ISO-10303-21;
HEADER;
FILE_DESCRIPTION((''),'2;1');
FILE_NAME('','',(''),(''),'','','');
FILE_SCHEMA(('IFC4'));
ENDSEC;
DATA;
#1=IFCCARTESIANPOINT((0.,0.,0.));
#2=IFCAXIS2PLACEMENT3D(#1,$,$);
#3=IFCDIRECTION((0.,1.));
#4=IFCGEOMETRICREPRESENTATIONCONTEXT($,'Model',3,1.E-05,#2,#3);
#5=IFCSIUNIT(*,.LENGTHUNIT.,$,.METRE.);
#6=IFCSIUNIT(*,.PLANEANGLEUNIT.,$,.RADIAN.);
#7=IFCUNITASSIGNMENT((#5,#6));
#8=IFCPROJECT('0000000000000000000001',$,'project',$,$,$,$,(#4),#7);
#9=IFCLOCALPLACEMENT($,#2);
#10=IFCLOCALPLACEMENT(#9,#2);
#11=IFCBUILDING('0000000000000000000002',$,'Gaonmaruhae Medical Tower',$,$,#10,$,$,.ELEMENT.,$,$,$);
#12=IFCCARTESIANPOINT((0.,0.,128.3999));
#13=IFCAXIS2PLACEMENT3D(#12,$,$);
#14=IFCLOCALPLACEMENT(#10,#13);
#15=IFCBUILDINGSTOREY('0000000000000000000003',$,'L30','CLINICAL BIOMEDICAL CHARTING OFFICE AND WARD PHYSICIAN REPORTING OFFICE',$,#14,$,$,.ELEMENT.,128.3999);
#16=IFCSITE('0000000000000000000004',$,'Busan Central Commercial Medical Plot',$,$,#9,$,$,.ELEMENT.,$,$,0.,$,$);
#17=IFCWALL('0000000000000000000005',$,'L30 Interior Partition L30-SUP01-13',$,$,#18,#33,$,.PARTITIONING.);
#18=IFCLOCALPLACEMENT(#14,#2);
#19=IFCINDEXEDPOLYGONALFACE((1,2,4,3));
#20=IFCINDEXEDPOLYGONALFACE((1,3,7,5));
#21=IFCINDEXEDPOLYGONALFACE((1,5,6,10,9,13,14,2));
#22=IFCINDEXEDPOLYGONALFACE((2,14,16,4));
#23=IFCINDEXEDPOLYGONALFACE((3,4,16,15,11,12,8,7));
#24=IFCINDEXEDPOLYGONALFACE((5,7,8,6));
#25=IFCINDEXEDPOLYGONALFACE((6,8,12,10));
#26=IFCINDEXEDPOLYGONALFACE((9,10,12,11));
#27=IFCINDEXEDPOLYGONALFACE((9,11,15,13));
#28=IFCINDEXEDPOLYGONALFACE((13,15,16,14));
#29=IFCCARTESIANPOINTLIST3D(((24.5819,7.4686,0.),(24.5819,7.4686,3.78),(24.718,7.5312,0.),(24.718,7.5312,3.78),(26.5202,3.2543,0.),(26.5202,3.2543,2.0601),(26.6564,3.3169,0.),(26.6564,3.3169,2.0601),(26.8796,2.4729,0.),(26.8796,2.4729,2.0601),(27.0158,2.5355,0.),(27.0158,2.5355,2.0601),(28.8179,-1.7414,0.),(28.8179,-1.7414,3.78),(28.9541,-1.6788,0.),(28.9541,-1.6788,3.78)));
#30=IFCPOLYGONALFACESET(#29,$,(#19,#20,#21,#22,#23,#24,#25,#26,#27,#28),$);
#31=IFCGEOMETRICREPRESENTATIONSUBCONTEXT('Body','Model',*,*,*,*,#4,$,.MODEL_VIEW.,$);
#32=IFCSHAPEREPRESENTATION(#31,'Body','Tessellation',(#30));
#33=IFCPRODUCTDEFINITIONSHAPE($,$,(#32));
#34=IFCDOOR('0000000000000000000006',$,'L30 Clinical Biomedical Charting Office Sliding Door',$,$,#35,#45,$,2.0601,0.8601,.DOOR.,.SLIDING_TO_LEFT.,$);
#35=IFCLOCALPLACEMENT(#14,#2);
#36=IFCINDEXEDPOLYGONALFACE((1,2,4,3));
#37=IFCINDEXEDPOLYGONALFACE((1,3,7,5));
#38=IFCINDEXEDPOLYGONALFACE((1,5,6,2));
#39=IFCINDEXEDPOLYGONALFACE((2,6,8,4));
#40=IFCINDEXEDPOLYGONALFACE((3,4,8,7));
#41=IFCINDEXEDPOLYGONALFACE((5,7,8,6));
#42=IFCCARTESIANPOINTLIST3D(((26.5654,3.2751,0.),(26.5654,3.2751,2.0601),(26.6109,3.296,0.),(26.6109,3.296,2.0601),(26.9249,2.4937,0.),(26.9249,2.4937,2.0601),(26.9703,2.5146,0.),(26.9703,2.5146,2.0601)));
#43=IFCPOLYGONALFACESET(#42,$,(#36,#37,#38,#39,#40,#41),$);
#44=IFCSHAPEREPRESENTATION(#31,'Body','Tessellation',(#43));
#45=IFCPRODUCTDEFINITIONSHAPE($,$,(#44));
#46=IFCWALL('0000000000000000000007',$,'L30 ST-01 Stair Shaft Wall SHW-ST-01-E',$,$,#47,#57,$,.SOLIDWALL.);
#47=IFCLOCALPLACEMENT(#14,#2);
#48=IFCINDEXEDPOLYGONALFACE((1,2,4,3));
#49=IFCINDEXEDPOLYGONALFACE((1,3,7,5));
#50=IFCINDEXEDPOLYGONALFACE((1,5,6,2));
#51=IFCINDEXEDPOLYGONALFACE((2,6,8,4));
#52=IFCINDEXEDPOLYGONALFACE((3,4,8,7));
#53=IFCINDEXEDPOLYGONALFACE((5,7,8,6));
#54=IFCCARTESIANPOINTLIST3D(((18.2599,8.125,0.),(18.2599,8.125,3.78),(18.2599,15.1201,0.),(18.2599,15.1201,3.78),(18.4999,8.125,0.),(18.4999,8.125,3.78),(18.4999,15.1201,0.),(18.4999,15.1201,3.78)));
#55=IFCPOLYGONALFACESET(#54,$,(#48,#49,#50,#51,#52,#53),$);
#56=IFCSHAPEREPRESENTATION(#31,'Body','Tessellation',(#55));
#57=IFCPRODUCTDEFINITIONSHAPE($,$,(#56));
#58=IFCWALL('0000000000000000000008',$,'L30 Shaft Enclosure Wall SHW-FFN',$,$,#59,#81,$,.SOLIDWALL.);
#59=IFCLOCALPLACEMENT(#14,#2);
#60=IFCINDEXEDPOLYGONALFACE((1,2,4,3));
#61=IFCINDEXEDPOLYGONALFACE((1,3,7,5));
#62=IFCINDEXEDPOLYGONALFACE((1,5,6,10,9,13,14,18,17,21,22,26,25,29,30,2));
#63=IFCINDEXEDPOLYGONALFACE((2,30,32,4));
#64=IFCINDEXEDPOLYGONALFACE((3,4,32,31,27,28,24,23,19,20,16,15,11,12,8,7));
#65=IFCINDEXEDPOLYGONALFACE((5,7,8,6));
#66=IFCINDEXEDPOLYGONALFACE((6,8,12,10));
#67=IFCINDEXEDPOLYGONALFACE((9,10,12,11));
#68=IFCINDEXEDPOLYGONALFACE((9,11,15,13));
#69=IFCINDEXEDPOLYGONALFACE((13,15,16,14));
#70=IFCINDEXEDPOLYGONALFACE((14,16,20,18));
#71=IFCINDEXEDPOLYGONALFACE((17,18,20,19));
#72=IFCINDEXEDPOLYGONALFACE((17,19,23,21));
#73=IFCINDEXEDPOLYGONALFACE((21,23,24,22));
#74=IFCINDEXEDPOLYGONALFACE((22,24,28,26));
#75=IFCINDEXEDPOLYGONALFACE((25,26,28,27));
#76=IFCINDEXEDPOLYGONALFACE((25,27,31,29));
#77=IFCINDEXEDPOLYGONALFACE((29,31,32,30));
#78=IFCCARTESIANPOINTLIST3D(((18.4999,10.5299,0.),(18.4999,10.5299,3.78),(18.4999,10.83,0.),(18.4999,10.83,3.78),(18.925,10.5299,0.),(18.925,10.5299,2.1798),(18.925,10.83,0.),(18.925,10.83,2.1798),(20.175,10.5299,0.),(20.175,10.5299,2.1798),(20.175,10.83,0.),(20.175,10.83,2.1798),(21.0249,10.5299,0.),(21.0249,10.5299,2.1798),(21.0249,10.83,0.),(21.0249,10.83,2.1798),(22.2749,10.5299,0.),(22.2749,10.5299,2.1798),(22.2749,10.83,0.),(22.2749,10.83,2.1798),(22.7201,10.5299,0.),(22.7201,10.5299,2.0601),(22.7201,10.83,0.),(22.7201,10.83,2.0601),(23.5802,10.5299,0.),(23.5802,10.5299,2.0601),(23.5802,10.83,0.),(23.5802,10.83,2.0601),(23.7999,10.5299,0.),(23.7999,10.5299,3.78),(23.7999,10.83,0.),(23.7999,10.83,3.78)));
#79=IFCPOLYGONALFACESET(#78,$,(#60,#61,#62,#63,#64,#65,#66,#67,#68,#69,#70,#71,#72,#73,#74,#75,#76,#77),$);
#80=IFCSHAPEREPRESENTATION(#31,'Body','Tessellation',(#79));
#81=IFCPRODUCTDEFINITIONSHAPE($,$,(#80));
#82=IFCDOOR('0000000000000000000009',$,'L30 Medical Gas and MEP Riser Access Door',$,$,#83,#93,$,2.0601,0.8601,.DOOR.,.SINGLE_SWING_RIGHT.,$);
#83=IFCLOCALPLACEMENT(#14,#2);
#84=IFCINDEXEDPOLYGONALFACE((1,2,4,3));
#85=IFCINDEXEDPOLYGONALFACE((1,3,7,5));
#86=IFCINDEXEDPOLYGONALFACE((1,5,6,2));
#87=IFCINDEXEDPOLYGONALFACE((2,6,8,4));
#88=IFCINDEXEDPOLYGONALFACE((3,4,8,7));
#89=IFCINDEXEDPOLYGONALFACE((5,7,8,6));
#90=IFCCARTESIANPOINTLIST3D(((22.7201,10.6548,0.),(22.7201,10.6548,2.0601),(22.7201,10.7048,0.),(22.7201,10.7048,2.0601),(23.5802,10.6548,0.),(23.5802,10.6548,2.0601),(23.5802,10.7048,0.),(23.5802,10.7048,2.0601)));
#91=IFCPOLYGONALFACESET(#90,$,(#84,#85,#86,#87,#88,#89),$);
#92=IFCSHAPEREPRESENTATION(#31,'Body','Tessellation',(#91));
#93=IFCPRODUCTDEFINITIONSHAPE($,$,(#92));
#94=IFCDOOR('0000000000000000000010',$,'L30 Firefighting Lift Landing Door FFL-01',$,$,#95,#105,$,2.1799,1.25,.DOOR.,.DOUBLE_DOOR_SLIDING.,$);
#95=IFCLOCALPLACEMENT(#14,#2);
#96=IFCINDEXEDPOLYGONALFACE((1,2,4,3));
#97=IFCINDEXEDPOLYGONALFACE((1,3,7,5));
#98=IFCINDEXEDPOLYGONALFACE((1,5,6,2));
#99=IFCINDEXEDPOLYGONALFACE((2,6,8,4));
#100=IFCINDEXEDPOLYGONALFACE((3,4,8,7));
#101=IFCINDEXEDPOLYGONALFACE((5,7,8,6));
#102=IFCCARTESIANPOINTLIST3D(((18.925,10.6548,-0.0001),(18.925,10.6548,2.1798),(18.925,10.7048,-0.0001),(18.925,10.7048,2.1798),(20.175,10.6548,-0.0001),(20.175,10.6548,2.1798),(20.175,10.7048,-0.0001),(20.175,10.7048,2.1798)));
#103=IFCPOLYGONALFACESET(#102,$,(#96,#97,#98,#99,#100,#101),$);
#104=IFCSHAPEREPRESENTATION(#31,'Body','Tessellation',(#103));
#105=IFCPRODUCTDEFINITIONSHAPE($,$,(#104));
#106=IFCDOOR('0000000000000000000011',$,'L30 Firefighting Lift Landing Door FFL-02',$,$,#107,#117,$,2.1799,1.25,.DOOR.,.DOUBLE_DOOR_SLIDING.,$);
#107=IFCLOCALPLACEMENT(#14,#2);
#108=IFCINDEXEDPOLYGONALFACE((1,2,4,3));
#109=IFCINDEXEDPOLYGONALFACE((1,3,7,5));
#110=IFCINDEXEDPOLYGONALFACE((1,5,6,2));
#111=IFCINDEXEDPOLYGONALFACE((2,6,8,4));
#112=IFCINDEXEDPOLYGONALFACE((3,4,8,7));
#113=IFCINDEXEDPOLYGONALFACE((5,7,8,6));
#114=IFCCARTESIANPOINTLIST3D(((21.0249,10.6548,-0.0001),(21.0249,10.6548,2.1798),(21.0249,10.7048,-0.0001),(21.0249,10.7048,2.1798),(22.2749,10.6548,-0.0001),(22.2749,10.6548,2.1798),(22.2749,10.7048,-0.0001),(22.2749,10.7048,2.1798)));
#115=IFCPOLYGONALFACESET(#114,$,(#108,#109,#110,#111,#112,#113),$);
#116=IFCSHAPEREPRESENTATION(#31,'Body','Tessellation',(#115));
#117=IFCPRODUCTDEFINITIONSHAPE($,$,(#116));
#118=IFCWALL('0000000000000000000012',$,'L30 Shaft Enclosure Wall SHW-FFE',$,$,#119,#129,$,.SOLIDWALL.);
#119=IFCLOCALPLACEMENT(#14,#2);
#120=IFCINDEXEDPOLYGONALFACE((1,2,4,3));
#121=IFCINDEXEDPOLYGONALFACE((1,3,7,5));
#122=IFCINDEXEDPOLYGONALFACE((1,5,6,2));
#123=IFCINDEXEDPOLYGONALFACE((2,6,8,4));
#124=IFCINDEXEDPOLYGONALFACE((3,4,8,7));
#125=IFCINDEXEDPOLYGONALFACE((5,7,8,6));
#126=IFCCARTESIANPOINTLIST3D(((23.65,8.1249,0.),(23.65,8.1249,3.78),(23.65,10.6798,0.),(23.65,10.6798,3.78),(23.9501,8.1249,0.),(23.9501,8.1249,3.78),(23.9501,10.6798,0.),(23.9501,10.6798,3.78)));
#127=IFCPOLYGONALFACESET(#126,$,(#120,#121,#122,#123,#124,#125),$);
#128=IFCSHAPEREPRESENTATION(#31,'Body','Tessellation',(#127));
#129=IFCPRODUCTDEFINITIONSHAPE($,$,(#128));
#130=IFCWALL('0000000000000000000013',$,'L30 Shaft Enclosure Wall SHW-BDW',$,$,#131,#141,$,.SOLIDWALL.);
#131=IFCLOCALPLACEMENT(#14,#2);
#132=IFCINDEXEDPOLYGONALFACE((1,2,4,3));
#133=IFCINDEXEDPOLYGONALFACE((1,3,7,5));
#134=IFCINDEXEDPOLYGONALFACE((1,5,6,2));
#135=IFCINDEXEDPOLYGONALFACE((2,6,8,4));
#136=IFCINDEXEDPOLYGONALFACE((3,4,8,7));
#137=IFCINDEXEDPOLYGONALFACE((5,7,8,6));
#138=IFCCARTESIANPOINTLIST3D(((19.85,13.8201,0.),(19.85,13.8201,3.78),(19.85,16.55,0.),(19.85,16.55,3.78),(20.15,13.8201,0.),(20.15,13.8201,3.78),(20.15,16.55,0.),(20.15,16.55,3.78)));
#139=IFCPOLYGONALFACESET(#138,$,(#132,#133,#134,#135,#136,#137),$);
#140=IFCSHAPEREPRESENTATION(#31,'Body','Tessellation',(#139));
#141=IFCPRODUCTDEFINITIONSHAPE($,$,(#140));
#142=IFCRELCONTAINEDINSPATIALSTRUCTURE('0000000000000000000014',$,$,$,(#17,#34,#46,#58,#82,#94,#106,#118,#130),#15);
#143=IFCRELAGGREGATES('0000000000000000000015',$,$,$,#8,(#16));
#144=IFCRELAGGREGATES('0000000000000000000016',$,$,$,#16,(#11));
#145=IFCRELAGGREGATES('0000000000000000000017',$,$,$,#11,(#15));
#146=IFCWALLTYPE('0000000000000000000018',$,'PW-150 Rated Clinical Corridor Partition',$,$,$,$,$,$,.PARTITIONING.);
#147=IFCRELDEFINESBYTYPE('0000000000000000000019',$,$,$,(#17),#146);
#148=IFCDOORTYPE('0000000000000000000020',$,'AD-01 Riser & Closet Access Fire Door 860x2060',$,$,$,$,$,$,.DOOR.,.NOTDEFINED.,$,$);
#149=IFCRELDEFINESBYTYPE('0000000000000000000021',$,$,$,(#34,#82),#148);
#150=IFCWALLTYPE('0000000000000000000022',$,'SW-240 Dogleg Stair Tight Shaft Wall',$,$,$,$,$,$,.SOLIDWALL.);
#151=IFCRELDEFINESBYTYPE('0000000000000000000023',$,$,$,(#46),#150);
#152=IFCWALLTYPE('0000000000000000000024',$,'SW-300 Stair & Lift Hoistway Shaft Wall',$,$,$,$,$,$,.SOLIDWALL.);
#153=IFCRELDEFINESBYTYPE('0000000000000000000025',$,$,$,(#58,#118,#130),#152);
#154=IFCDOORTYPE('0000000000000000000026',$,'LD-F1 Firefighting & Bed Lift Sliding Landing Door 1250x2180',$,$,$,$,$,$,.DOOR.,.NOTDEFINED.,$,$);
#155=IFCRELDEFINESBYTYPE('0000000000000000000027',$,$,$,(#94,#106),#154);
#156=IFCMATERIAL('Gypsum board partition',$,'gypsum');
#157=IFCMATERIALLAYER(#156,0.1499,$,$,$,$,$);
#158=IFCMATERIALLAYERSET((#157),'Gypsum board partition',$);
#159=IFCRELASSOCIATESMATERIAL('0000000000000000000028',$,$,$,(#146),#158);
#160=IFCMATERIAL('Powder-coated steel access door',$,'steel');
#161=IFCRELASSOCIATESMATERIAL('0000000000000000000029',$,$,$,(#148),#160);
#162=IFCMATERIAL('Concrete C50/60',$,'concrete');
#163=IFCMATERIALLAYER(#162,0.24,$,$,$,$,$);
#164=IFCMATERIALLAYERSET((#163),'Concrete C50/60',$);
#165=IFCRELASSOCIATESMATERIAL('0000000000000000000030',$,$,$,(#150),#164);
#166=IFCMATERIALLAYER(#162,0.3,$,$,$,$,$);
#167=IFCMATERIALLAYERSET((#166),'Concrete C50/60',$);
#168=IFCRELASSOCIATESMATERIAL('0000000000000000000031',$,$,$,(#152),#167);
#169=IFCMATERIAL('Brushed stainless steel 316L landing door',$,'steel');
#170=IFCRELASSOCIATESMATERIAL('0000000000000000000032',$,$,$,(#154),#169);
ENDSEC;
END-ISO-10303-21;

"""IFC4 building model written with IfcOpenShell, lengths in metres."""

from ifc_helpers import new_model, si_unit, direction, frame, frame_2d, origin, place, context, subcontext, project, spatial, rectangle, extrude, material, layer, layer_set, type_object, element, fill, save


model = new_model("IFC4")

# Units and contexts
model_context = context("Model", 3, precision=1e-05, world=origin(), true_north=direction((0.0, 1.0)))
body_context = subcontext(model_context, "Body", "Model", "MODEL_VIEW")
ifc_project = project(units=[si_unit("LENGTHUNIT", "METRE"), si_unit("PLANEANGLEUNIT", "RADIAN")], contexts=[model_context])

# Site, building, storey
site_placement = place(None, origin())
site = spatial("IfcSite", under=ifc_project, at=site_placement, Name="Busan Central Commercial Medical Plot", CompositionType="ELEMENT", RefElevation=0.0)
building_placement = place(site_placement, origin())
building = spatial("IfcBuilding", under=site, at=building_placement, Name="Gaonmaruhae Medical Tower", CompositionType="ELEMENT")
storey_placement = place(building_placement, frame((0.0, 0.0, 128.3999)))
storey = spatial("IfcBuildingStorey", under=building, at=storey_placement, Name="L30", Description="CLINICAL BIOMEDICAL CHARTING OFFICE AND WARD PHYSICIAN REPORTING OFFICE", CompositionType="ELEMENT", Elevation=128.3999)

# Wall, opening, door
ifc_material_1 = material(Name="Gypsum board partition", Category="gypsum")
ifc_layer_1 = layer(ifc_material_1, 0.1499)
ifc_layer_set_1 = layer_set([ifc_layer_1], Name="Gypsum board partition")
wall_type_1 = type_object("IfcWallType", Name="PW-150 Rated Clinical Corridor Partition", PredefinedType="PARTITIONING", material=ifc_layer_set_1)
wall_1_placement = place(storey_placement, frame((24.6499, 7.5, 0.0), z_axis=(0.0, 0.0, 1.0), x_axis=(0.417865, -0.908509, 0.0)))
wall_1 = element("IfcWall", 1, at=wall_1_placement, inside=storey, type_object=wall_type_1, Name="L30 Interior Partition L30-SUP01-13", PredefinedType="PARTITIONING", context=body_context, shape_type="SweptSolid", body=[
    extrude(rectangle(XDim=10.1375, YDim=0.1499, at=frame_2d((5.0688, 0.0))), origin(), (0.0, 0.0, 1.0), 3.78),
])
opening_1_placement = place(wall_1_placement, frame((4.6387, 0.0, 0.0)))
opening_1 = element("IfcOpeningElement", 2, at=opening_1_placement, cuts=wall_1, PredefinedType="OPENING", context=body_context, shape_type="SweptSolid", body=[
    extrude(rectangle(XDim=0.8601, YDim=2.0601, at=frame_2d((0.4302, 1.03))), frame((0.0, 0.085, 0.0), z_axis=(0.0, -1.0, 0.0), x_axis=(1.0, 0.0, 0.0)), (0.0, 0.0, 1.0), 0.1699),
])
ifc_material_2 = material(Name="Powder-coated steel access door", Category="steel")
door_type_1 = type_object("IfcDoorType", Name="AD-01 Riser & Closet Access Fire Door 860x2060", OperationType="NOTDEFINED", PredefinedType="DOOR", material=ifc_material_2)
door_1_placement = place(opening_1_placement, origin())
door_1 = element("IfcDoor", 3, at=door_1_placement, inside=storey, type_object=door_type_1, Name="L30 Clinical Biomedical Charting Office Sliding Door", OperationType="SLIDING_TO_LEFT", OverallHeight=2.0601, OverallWidth=0.8601, PredefinedType="DOOR", context=body_context, shape_type="SweptSolid", body=[
    extrude(rectangle(XDim=0.8601, YDim=2.0601, at=frame_2d((0.4302, 1.03))), frame((0.0, 0.0249, 0.0), z_axis=(0.0, -1.0, 0.0), x_axis=(1.0, 0.0, 0.0)), (0.0, 0.0, 1.0), 0.05),
])
fill(opening_1, door_1)

# Wall
ifc_material_3 = material(Name="Concrete C50/60", Category="concrete")
ifc_layer_2 = layer(ifc_material_3, 0.24)
ifc_layer_set_2 = layer_set([ifc_layer_2], Name="Concrete C50/60")
wall_type_2 = type_object("IfcWallType", Name="SW-240 Dogleg Stair Tight Shaft Wall", PredefinedType="SOLIDWALL", material=ifc_layer_set_2)
wall_2_placement = place(storey_placement, frame((18.3799, 15.1201, 0.0), z_axis=(0.0, 0.0, 1.0), x_axis=(0.0, -1.0, 0.0)))
element("IfcWall", 4, at=wall_2_placement, inside=storey, type_object=wall_type_2, Name="L30 ST-01 Stair Shaft Wall SHW-ST-01-E", PredefinedType="SOLIDWALL", context=body_context, shape_type="SweptSolid", body=[
    extrude(rectangle(XDim=6.9951, YDim=0.24, at=frame_2d((3.4976, 0.0))), origin(), (0.0, 0.0, 1.0), 3.78),
])

# Wall, openings, doors
ifc_layer_3 = layer(ifc_material_3, 0.3)
ifc_layer_set_3 = layer_set([ifc_layer_3], Name="Concrete C50/60")
wall_type_3 = type_object("IfcWallType", Name="SW-300 Stair & Lift Hoistway Shaft Wall", PredefinedType="SOLIDWALL", material=ifc_layer_set_3)
ifc_material_4 = material(Name="Brushed stainless steel 316L landing door", Category="steel")
door_type_2 = type_object("IfcDoorType", Name="LD-F1 Firefighting & Bed Lift Sliding Landing Door 1250x2180", OperationType="NOTDEFINED", PredefinedType="DOOR", material=ifc_material_4)
wall_3_placement = place(storey_placement, frame((18.5, 10.6799, 0.0), z_axis=(0.0, 0.0, 1.0), x_axis=(1.0, 0.0, 0.0)))
wall_3 = element("IfcWall", 5, at=wall_3_placement, inside=storey, type_object=wall_type_3, Name="L30 Shaft Enclosure Wall SHW-FFN", PredefinedType="SOLIDWALL", context=body_context, shape_type="SweptSolid", body=[
    extrude(rectangle(XDim=5.3, YDim=0.3, at=frame_2d((2.6499, 0.0))), origin(), (0.0, 0.0, 1.0), 3.78),
])
opening_2_placement = place(wall_3_placement, frame((4.22, 0.0, 0.0)))
opening_2 = element("IfcOpeningElement", 6, at=opening_2_placement, cuts=wall_3, PredefinedType="OPENING", context=body_context, shape_type="SweptSolid", body=[
    extrude(rectangle(XDim=0.8601, YDim=2.0601, at=frame_2d((0.4302, 1.03))), frame((0.0, 0.1602, 0.0), z_axis=(0.0, -1.0, 0.0), x_axis=(1.0, 0.0, 0.0)), (0.0, 0.0, 1.0), 0.3201),
])
opening_3_placement = place(wall_3_placement, frame((0.425, 0.0, 0.0)))
opening_3 = element("IfcOpeningElement", 7, at=opening_3_placement, cuts=wall_3, PredefinedType="OPENING", context=body_context, shape_type="SweptSolid", body=[
    extrude(rectangle(XDim=1.25, YDim=2.1799, at=frame_2d((0.625, 1.0898))), frame((0.0, 0.1602, 0.0), z_axis=(0.0, -1.0, 0.0), x_axis=(1.0, 0.0, 0.0)), (0.0, 0.0, 1.0), 0.3201),
])
opening_4_placement = place(wall_3_placement, frame((2.5249, 0.0, 0.0)))
opening_4 = element("IfcOpeningElement", 8, at=opening_4_placement, cuts=wall_3, PredefinedType="OPENING", context=body_context, shape_type="SweptSolid", body=[
    extrude(rectangle(XDim=1.25, YDim=2.1799, at=frame_2d((0.625, 1.0898))), frame((0.0, 0.1602, 0.0), z_axis=(0.0, -1.0, 0.0), x_axis=(1.0, 0.0, 0.0)), (0.0, 0.0, 1.0), 0.3201),
])
door_2_placement = place(opening_2_placement, origin())
door_2 = element("IfcDoor", 9, at=door_2_placement, inside=storey, type_object=door_type_1, Name="L30 Medical Gas and MEP Riser Access Door", OperationType="SINGLE_SWING_RIGHT", OverallHeight=2.0601, OverallWidth=0.8601, PredefinedType="DOOR", context=body_context, shape_type="SweptSolid", body=[
    extrude(rectangle(XDim=0.8601, YDim=2.0601, at=frame_2d((0.4302, 1.03))), frame((0.0, 0.0249, 0.0), z_axis=(0.0, -1.0, 0.0), x_axis=(1.0, 0.0, 0.0)), (0.0, 0.0, 1.0), 0.05),
])
fill(opening_2, door_2)
door_3_placement = place(opening_3_placement, origin())
door_3 = element("IfcDoor", 10, at=door_3_placement, inside=storey, type_object=door_type_2, Name="L30 Firefighting Lift Landing Door FFL-01", OperationType="DOUBLE_DOOR_SLIDING", OverallHeight=2.1799, OverallWidth=1.25, PredefinedType="DOOR", context=body_context, shape_type="SweptSolid", body=[
    extrude(rectangle(XDim=1.25, YDim=2.1799, at=frame_2d((0.625, 1.0898))), frame((0.0, 0.0249, 0.0), z_axis=(0.0, -1.0, 0.0), x_axis=(1.0, 0.0, 0.0)), (0.0, 0.0, 1.0), 0.05),
])
fill(opening_3, door_3)
door_4_placement = place(opening_4_placement, origin())
door_4 = element("IfcDoor", 11, at=door_4_placement, inside=storey, type_object=door_type_2, Name="L30 Firefighting Lift Landing Door FFL-02", OperationType="DOUBLE_DOOR_SLIDING", OverallHeight=2.1799, OverallWidth=1.25, PredefinedType="DOOR", context=body_context, shape_type="SweptSolid", body=[
    extrude(rectangle(XDim=1.25, YDim=2.1799, at=frame_2d((0.625, 1.0898))), frame((0.0, 0.0249, 0.0), z_axis=(0.0, -1.0, 0.0), x_axis=(1.0, 0.0, 0.0)), (0.0, 0.0, 1.0), 0.05),
])
fill(opening_4, door_4)

# Walls
wall_4_placement = place(storey_placement, frame((23.8, 8.125, 0.0), z_axis=(0.0, 0.0, 1.0), x_axis=(0.0, 1.0, 0.0)))
element("IfcWall", 12, at=wall_4_placement, inside=storey, type_object=wall_type_3, Name="L30 Shaft Enclosure Wall SHW-FFE", PredefinedType="SOLIDWALL", context=body_context, shape_type="SweptSolid", body=[
    extrude(rectangle(XDim=2.5549, YDim=0.3, at=frame_2d((1.2773, 0.0))), origin(), (0.0, 0.0, 1.0), 3.78),
])
wall_5_placement = place(storey_placement, frame((20.0, 13.8201, 0.0), z_axis=(0.0, 0.0, 1.0), x_axis=(0.0, 1.0, 0.0)))
element("IfcWall", 13, at=wall_5_placement, inside=storey, type_object=wall_type_3, Name="L30 Shaft Enclosure Wall SHW-BDW", PredefinedType="SOLIDWALL", context=body_context, shape_type="SweptSolid", body=[
    extrude(rectangle(XDim=2.73, YDim=0.3, at=frame_2d((1.365, 0.0))), origin(), (0.0, 0.0, 1.0), 3.78),
])

save(model, "model.ifc")
